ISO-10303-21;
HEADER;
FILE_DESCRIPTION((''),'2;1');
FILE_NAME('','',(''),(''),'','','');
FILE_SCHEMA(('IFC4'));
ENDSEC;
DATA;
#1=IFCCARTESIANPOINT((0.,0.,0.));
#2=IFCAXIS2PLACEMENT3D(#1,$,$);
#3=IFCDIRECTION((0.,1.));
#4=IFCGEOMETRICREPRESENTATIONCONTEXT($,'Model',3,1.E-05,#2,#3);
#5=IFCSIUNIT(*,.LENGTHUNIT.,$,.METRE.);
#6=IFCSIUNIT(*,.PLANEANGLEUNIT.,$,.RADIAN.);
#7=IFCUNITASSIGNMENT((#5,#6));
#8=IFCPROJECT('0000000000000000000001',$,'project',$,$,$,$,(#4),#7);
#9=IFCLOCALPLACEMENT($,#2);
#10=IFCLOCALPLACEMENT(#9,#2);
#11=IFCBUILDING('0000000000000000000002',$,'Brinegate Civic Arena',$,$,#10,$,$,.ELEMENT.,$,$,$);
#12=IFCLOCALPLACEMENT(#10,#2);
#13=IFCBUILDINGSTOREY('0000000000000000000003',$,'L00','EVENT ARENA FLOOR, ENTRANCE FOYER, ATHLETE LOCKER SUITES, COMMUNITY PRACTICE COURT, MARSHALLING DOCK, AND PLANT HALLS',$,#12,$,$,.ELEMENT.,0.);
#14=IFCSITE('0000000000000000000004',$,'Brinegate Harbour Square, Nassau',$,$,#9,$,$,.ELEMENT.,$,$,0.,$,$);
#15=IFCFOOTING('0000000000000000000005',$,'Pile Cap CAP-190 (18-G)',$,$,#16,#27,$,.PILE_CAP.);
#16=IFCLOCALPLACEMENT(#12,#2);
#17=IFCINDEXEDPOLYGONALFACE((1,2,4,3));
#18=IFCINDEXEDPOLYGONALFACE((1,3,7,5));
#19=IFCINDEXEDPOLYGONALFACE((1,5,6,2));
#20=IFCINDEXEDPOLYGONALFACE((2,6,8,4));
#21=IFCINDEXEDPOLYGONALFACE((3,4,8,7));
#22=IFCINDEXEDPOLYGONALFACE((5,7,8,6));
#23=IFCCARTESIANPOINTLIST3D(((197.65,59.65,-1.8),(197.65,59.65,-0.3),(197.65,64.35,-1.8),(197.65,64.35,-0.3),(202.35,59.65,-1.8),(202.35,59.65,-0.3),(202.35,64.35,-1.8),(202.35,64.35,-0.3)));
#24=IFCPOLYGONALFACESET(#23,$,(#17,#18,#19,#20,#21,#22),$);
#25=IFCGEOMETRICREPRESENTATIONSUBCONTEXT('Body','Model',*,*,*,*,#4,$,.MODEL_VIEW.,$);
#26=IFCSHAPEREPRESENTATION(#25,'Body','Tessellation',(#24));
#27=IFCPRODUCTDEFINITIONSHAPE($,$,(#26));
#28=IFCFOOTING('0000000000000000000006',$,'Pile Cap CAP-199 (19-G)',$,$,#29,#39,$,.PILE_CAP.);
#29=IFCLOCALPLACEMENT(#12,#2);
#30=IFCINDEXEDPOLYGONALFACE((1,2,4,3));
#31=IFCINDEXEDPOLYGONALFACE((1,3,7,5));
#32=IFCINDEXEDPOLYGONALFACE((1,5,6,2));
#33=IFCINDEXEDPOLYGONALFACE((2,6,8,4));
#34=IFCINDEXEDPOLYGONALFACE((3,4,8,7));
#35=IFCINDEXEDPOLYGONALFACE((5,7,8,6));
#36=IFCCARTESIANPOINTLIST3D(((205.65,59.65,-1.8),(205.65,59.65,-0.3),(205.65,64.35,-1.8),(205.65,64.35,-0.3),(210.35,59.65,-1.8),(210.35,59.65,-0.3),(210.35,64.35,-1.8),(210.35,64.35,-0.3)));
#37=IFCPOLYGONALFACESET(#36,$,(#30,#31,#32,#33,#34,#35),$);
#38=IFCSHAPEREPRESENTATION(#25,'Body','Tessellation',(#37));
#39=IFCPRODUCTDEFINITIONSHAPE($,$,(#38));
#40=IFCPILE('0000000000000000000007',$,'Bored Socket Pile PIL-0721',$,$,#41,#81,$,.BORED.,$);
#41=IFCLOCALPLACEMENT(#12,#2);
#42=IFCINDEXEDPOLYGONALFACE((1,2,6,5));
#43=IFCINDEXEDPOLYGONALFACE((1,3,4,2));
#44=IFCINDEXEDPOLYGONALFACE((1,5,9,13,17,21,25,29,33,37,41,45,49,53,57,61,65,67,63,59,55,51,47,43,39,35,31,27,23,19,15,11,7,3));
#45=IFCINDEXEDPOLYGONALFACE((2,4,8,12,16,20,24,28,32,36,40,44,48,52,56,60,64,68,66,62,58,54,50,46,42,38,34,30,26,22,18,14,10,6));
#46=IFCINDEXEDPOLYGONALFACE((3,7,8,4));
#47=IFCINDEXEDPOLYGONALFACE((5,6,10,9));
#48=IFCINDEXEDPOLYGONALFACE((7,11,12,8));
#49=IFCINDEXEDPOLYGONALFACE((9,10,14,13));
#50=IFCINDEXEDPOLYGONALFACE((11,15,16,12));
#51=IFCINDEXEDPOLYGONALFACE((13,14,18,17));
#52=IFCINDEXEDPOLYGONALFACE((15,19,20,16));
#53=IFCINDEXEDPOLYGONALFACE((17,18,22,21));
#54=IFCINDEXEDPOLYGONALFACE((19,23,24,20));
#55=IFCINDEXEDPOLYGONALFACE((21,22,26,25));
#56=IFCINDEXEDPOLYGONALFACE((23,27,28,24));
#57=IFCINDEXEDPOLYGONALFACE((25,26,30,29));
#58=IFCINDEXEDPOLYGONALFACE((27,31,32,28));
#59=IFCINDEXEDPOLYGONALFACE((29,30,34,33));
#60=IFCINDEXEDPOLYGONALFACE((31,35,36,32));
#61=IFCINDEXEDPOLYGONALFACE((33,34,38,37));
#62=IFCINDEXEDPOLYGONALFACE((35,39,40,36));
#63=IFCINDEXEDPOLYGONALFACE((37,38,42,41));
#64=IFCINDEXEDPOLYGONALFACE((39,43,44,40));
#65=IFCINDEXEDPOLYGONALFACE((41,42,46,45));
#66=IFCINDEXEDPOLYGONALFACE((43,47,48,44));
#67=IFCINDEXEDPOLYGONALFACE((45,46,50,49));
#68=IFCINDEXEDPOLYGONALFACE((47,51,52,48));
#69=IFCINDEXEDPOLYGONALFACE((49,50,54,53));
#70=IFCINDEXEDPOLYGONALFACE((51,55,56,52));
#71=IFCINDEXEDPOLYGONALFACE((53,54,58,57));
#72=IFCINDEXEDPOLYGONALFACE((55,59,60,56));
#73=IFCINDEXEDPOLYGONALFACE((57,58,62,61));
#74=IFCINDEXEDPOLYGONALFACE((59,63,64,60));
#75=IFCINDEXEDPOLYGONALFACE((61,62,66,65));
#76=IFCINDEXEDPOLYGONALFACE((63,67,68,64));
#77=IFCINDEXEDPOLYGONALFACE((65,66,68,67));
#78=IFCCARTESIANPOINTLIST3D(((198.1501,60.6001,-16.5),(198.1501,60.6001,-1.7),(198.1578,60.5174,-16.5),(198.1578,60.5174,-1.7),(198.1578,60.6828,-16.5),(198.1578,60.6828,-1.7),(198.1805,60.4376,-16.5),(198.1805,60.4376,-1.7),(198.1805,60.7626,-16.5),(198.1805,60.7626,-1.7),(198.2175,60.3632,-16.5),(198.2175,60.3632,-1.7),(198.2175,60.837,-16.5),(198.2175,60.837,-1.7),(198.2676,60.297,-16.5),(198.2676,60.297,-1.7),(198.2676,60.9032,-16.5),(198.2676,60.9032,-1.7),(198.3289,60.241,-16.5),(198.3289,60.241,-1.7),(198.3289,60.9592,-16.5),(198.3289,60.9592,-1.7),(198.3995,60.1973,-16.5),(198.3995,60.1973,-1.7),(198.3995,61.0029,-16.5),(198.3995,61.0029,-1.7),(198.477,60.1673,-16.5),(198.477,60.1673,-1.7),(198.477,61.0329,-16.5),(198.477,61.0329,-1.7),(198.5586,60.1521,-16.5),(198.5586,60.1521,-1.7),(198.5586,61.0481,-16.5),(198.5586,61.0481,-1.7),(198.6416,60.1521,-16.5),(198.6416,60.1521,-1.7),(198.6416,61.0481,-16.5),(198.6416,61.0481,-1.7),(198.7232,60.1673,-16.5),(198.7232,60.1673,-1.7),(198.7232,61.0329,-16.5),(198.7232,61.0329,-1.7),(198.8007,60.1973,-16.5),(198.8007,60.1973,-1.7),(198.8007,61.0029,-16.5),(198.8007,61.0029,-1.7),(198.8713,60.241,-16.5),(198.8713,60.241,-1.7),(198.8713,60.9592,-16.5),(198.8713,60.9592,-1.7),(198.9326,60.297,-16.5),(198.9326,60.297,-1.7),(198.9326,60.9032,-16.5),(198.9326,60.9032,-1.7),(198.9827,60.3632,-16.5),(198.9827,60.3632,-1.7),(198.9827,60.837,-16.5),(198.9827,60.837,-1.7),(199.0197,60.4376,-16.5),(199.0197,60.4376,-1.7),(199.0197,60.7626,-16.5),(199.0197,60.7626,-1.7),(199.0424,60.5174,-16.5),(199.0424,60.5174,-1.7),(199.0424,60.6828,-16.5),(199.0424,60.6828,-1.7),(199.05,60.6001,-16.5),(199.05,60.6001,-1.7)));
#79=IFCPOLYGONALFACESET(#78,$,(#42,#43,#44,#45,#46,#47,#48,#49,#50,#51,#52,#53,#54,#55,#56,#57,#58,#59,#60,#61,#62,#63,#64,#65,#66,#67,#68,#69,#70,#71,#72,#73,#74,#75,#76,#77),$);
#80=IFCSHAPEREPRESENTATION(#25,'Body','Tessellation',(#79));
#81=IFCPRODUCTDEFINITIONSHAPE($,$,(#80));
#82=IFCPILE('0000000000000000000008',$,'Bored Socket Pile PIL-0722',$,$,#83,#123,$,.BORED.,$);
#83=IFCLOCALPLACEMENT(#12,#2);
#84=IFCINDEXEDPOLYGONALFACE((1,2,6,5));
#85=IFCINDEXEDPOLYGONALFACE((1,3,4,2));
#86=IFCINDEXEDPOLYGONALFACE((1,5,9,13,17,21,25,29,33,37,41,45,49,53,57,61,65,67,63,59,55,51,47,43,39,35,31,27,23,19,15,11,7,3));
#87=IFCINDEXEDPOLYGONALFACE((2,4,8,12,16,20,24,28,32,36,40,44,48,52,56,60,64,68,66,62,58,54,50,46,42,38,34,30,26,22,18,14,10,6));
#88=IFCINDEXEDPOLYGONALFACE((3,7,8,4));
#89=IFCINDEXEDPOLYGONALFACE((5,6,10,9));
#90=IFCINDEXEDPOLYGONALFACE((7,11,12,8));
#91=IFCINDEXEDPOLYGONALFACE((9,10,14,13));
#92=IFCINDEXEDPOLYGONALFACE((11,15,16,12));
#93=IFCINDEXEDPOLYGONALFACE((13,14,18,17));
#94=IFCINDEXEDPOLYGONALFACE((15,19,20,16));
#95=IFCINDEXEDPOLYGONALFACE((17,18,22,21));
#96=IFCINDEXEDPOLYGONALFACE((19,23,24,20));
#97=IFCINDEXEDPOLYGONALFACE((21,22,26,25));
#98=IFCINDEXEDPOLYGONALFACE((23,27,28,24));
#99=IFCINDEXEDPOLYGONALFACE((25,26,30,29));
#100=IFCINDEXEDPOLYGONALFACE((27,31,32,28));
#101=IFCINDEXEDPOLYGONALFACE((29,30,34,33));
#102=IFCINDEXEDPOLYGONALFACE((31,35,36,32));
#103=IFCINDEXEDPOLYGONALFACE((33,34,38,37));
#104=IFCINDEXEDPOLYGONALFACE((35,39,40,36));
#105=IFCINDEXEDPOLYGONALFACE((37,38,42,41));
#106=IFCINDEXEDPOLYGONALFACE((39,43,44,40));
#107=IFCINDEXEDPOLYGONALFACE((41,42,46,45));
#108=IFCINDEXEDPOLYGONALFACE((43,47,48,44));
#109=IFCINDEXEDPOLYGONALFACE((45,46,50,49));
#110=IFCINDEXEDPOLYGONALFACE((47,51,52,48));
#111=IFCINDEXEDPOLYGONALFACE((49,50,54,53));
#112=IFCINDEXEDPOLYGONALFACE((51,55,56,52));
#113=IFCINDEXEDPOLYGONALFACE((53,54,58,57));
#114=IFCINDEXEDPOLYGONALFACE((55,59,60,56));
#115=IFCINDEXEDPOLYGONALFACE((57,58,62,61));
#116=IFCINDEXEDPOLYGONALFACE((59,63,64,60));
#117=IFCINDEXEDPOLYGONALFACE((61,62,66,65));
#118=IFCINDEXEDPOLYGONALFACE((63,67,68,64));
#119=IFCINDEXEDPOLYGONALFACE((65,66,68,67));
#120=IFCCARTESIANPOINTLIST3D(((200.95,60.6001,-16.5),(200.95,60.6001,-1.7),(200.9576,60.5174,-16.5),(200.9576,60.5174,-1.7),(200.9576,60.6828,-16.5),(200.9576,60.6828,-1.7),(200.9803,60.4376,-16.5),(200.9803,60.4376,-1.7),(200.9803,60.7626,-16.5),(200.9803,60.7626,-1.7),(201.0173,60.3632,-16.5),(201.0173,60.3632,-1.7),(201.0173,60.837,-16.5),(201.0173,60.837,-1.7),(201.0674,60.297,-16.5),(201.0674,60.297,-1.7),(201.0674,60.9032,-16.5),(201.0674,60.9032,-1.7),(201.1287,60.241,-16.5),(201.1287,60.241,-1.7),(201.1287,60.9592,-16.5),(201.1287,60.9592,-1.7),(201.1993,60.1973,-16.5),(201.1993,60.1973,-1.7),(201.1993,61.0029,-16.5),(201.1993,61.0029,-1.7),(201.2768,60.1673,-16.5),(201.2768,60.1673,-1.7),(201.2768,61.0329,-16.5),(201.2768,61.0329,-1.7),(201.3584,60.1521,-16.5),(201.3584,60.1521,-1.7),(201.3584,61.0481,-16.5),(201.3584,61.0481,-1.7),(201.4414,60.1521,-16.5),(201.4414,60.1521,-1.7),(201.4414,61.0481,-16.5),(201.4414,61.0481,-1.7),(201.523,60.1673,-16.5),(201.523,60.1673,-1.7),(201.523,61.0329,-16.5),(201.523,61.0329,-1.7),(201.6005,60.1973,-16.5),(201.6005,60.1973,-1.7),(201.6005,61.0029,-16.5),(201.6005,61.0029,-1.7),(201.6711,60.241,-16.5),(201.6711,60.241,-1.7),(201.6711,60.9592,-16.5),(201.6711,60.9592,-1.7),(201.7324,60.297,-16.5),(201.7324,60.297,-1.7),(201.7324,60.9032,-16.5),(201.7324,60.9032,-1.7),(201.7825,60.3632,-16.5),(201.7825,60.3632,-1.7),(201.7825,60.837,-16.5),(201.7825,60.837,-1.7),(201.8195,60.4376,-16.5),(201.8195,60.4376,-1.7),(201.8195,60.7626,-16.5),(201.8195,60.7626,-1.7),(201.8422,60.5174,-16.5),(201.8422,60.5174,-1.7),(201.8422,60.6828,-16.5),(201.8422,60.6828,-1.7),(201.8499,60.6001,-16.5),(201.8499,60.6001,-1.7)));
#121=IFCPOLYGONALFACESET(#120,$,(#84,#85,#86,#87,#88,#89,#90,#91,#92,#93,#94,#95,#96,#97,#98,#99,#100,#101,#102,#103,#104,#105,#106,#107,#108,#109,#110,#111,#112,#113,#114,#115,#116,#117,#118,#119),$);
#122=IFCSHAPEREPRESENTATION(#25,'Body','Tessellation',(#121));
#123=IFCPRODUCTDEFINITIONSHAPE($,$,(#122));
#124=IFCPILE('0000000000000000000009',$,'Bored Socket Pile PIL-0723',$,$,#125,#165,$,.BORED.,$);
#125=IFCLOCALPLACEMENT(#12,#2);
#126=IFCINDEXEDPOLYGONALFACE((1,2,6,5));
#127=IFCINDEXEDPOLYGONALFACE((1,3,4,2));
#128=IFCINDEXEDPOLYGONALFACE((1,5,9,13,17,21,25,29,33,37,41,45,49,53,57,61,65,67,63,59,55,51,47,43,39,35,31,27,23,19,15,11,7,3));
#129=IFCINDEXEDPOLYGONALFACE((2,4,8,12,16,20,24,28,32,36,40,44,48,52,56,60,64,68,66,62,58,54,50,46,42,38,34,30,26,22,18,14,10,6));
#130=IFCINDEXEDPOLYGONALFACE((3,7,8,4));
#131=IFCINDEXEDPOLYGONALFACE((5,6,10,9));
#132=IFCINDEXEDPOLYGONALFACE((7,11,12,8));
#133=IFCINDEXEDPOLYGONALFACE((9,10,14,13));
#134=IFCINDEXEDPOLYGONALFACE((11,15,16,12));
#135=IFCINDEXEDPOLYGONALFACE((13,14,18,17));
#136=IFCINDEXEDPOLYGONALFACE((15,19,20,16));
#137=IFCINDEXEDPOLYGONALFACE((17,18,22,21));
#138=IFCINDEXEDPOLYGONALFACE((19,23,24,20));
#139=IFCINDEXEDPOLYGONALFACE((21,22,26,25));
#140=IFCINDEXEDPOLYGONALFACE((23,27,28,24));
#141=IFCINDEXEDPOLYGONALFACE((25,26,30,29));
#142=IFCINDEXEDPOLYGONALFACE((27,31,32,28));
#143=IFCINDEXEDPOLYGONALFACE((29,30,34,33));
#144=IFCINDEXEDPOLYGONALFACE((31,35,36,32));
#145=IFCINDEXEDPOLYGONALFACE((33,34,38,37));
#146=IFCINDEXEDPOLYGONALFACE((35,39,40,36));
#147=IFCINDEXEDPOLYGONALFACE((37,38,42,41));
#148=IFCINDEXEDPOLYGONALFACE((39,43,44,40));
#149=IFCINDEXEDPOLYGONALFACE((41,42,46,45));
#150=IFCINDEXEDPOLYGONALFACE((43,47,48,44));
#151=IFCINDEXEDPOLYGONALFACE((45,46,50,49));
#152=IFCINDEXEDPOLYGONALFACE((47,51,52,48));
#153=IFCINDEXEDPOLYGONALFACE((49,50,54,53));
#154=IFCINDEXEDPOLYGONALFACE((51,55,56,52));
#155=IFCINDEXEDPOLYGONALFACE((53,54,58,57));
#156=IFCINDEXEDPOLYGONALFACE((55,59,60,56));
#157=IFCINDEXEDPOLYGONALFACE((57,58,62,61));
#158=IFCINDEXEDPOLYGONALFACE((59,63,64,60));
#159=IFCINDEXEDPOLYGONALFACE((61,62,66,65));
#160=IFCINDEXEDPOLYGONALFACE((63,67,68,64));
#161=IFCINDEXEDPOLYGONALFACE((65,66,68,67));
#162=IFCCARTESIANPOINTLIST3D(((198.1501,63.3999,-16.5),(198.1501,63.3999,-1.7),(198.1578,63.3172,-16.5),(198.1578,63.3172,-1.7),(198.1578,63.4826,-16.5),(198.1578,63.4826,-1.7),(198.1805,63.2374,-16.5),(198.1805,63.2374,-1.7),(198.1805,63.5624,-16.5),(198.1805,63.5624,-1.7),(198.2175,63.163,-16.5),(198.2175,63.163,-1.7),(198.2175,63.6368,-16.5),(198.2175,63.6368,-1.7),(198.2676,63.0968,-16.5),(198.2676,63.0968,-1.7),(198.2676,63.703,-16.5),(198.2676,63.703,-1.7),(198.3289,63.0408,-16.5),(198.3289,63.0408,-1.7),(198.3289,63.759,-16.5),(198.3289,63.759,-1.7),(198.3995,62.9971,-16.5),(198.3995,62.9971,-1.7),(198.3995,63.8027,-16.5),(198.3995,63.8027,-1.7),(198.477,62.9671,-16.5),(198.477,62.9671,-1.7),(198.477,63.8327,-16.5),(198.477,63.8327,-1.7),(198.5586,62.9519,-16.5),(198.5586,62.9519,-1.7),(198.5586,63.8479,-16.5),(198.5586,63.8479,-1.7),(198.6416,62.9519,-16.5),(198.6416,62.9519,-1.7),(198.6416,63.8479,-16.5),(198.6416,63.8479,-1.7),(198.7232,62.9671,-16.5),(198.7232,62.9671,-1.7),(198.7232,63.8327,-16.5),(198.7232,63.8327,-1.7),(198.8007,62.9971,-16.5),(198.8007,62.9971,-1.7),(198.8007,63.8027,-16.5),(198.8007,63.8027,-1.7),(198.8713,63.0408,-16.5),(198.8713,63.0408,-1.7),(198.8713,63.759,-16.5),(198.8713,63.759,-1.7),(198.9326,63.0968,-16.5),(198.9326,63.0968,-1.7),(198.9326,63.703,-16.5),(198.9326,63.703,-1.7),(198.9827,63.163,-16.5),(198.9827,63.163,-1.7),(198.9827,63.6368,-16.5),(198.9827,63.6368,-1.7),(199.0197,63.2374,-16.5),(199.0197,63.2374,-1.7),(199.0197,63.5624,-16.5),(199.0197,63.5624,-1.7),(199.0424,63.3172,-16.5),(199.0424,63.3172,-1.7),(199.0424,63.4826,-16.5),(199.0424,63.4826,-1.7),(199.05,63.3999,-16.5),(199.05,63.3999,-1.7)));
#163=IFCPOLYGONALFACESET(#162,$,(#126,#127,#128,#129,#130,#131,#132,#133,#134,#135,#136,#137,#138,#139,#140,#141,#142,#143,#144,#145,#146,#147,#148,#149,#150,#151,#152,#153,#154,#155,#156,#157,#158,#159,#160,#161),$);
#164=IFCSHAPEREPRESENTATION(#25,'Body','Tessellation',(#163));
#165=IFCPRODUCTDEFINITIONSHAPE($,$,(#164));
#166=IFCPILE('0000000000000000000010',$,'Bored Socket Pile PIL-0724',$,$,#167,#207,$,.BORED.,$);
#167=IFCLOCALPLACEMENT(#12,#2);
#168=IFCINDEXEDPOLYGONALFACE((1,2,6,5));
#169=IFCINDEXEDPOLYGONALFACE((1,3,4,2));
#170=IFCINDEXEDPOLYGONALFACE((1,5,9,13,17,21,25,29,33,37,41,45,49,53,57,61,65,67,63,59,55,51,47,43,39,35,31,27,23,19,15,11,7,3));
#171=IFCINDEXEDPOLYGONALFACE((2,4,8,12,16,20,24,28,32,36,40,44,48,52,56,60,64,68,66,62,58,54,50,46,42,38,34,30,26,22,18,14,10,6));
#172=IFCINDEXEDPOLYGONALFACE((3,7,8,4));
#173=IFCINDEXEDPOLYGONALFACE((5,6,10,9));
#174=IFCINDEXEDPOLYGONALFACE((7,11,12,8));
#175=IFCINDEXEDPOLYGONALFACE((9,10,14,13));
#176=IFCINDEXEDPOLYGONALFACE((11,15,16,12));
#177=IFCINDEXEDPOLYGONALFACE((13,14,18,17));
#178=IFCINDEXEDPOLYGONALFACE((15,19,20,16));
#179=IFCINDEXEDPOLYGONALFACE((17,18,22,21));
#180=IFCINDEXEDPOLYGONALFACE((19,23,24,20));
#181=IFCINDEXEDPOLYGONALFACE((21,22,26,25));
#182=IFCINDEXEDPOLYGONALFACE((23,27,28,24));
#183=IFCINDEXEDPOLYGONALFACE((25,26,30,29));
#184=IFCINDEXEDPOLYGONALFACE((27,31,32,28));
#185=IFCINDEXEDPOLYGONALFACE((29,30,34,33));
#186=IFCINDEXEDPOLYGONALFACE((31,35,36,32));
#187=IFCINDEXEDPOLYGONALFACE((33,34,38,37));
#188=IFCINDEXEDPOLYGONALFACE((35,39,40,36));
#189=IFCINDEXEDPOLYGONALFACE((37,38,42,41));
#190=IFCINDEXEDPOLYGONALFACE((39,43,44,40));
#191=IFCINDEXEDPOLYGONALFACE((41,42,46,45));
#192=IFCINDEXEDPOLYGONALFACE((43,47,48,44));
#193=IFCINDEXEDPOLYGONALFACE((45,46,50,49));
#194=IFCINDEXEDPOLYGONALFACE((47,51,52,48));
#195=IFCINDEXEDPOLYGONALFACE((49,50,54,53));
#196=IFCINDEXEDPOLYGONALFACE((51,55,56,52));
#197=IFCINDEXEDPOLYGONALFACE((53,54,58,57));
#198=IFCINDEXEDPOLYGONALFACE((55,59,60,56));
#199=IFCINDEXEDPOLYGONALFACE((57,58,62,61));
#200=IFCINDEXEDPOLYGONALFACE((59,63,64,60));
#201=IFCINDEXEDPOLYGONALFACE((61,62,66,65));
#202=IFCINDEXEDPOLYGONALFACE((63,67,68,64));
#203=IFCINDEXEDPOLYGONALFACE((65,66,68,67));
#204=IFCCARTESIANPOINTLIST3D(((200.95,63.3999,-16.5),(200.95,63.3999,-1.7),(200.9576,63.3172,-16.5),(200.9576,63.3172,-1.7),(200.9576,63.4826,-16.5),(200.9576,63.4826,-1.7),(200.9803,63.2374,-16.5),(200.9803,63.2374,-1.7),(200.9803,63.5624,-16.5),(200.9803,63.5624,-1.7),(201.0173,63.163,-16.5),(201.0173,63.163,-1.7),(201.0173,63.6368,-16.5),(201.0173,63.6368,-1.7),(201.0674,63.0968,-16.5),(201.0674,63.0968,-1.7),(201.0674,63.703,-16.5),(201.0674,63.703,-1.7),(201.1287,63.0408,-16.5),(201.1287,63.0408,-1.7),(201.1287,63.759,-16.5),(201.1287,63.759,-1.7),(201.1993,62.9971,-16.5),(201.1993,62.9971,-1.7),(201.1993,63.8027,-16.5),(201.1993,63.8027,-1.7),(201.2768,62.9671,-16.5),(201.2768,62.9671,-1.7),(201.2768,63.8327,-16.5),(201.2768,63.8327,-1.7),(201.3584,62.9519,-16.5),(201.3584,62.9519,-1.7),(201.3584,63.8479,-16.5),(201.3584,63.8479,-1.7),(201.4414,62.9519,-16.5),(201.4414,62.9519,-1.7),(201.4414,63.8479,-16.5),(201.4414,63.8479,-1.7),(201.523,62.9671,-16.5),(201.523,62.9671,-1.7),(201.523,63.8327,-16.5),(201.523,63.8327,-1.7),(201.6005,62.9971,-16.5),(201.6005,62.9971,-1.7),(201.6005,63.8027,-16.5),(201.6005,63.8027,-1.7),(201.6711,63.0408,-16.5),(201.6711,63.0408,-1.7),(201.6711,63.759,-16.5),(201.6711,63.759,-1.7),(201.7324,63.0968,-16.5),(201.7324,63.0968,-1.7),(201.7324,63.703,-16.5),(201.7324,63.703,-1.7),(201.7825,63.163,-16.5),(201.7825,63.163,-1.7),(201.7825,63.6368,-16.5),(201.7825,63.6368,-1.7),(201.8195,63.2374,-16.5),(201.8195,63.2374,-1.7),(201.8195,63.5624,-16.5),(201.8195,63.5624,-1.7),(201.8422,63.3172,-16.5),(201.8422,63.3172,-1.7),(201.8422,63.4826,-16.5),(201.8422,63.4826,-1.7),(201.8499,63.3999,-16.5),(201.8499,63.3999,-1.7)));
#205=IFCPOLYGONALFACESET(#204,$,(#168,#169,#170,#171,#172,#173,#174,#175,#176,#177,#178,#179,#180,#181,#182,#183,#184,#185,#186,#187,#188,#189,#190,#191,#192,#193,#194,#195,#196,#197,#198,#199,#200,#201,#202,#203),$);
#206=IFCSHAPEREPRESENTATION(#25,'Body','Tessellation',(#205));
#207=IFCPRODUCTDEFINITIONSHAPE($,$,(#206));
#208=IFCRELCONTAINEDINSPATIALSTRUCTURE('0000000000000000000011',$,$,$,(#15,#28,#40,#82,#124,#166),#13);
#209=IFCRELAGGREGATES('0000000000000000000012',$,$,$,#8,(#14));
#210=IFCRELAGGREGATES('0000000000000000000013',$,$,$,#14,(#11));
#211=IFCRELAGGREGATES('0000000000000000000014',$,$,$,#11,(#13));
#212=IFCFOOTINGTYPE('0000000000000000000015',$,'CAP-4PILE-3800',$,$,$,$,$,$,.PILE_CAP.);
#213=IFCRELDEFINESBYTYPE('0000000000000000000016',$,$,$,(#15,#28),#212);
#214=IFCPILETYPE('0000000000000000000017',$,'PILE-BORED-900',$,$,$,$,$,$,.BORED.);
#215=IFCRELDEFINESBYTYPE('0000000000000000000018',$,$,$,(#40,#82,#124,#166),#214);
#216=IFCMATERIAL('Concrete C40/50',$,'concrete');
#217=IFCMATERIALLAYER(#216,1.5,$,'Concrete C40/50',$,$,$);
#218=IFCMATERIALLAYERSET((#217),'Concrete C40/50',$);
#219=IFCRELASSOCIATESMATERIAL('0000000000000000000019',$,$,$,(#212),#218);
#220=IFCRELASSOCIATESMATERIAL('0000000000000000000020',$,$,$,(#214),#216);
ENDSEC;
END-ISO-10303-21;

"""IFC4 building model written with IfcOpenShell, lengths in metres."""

from ifc_helpers import new_model, si_unit, direction, frame, origin, origin_2d, place, context, subcontext, project, spatial, rectangle, circle, extrude, material, layer, layer_set, material_profile, profile_set, type_object, element, save


model = new_model("IFC4")

# Units and contexts
model_context = context("Model", 3, precision=1e-05, world=origin(), true_north=direction((0.0, 1.0)))
body_context = subcontext(model_context, "Body", "Model", "MODEL_VIEW")
ifc_project = project(units=[si_unit("LENGTHUNIT", "METRE"), si_unit("PLANEANGLEUNIT", "RADIAN")], contexts=[model_context])

# Site, building, storey
site_placement = place(None, origin())
site = spatial("IfcSite", under=ifc_project, at=site_placement, Name="Brinegate Harbour Square, Nassau", CompositionType="ELEMENT", RefElevation=0.0)
building_placement = place(site_placement, origin())
building = spatial("IfcBuilding", under=site, at=building_placement, Name="Brinegate Civic Arena", CompositionType="ELEMENT")
storey_placement = place(building_placement, origin())
storey = spatial("IfcBuildingStorey", under=building, at=storey_placement, Name="L00", Description="EVENT ARENA FLOOR, ENTRANCE FOYER, ATHLETE LOCKER SUITES, COMMUNITY PRACTICE COURT, MARSHALLING DOCK, AND PLANT HALLS", CompositionType="ELEMENT", Elevation=0.0)

# Footings
ifc_material_1 = material(Name="Concrete C40/50", Category="concrete")
ifc_layer_1 = layer(ifc_material_1, 1.5, Name="Concrete C40/50")
ifc_layer_set_1 = layer_set([ifc_layer_1], Name="Concrete C40/50")
footing_type_1 = type_object("IfcFootingType", Name="CAP-4PILE-3800", PredefinedType="PILE_CAP", material=ifc_layer_set_1)
for number, where, z_axis, x_axis, name in (
    (1, (200.0, 62.0, -1.8), (0.0, 0.0, 1.0), (1.0, 0.0, 0.0), "Pile Cap CAP-190 (18-G)"),
    (2, (208.0, 62.0, -1.8), (0.0, 0.0, 1.0), (1.0, 0.0, 0.0), "Pile Cap CAP-199 (19-G)"),
):
    element("IfcFooting", number, at=place(storey_placement, frame(where, z_axis=z_axis, x_axis=x_axis)), inside=storey, type_object=footing_type_1, Name=name, PredefinedType="PILE_CAP", context=body_context, shape_type="SweptSolid", body=[
        extrude(rectangle(XDim=4.7, YDim=4.7, at=origin_2d()), origin(), (0.0, 0.0, 1.0), 1.5),
    ])

# Piles
ifc_material_profile_1 = material_profile(ifc_material_1, circle(Radius=0.45, at=origin_2d()), Name="PILED900")
ifc_profile_set_1 = profile_set([ifc_material_profile_1], Name="Concrete C40/50")
pile_type = type_object("IfcPileType", Name="PILE-BORED-900", PredefinedType="BORED", material=ifc_profile_set_1)
for number, where, z_axis, x_axis, name in (
    (3, (198.6001, 60.6001, -1.7), (0.0, 0.0, -1.0), (1.0, 0.0, 0.0), "Bored Socket Pile PIL-0721"),
    (4, (201.3999, 60.6001, -1.7), (0.0, 0.0, -1.0), (1.0, 0.0, 0.0), "Bored Socket Pile PIL-0722"),
    (5, (198.6001, 63.3999, -1.7), (0.0, 0.0, -1.0), (1.0, 0.0, 0.0), "Bored Socket Pile PIL-0723"),
    (6, (201.3999, 63.3999, -1.7), (0.0, 0.0, -1.0), (1.0, 0.0, 0.0), "Bored Socket Pile PIL-0724"),
):
    element("IfcPile", number, at=place(storey_placement, frame(where, z_axis=z_axis, x_axis=x_axis)), inside=storey, type_object=pile_type, Name=name, PredefinedType="BORED", context=body_context, shape_type="SweptSolid", body=[
        extrude(circle(Radius=0.45, at=origin_2d()), origin(), (0.0, 0.0, 1.0), 14.8),
    ])

save(model, "model.ifc")
